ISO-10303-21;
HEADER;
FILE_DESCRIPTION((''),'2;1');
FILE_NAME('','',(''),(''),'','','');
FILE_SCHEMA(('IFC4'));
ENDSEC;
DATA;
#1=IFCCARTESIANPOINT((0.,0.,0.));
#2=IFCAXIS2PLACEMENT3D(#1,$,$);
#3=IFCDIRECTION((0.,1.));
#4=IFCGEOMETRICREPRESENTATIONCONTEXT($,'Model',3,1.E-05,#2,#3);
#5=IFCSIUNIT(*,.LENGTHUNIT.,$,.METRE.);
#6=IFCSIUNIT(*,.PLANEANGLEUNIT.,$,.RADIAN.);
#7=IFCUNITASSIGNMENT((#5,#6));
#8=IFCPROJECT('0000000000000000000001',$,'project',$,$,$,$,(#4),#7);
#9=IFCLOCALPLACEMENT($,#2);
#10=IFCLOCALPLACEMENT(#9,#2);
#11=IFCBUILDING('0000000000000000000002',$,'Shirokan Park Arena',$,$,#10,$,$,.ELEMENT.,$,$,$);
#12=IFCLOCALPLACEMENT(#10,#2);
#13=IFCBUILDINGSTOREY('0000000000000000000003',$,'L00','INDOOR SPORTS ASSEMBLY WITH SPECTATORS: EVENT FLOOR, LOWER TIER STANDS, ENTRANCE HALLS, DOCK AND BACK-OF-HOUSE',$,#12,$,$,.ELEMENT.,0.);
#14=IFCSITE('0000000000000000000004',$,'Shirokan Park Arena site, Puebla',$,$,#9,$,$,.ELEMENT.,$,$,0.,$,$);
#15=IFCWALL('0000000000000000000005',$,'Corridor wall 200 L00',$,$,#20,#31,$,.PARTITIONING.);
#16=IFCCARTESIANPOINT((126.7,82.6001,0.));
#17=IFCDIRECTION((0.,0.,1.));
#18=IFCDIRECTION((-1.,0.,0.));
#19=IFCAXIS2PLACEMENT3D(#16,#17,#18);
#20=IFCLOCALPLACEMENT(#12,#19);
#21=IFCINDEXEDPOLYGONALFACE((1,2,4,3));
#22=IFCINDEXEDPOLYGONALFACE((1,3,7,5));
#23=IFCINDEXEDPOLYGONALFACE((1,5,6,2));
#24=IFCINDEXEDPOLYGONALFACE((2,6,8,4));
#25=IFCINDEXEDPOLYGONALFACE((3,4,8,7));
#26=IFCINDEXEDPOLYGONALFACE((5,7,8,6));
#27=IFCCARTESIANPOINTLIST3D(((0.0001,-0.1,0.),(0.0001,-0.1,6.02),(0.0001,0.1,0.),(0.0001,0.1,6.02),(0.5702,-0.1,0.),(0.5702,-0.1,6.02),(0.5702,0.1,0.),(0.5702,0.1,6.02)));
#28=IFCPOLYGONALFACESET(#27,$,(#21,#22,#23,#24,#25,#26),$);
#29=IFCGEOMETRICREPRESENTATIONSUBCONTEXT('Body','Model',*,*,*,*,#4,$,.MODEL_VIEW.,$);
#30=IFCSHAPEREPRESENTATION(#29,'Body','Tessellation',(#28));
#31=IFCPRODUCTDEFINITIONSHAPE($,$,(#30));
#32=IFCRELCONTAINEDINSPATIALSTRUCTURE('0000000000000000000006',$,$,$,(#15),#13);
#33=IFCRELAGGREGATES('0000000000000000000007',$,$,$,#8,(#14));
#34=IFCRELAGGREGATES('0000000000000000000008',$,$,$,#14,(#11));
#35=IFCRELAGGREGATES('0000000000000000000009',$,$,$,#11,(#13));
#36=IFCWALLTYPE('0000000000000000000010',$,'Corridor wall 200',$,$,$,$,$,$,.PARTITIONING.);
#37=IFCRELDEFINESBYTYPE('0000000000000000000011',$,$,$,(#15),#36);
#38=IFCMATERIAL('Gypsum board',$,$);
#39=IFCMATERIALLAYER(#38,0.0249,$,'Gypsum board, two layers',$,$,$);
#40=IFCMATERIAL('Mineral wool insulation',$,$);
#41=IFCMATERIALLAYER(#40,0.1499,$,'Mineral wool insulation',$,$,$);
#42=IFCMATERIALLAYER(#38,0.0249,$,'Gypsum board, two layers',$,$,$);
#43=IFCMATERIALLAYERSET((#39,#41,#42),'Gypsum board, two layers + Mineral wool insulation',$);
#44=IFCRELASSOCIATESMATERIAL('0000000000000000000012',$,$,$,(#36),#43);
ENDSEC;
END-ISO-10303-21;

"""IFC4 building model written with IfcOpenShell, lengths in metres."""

from ifc_helpers import new_model, si_unit, direction, frame, frame_2d, origin, place, context, subcontext, project, spatial, rectangle, extrude, material, layer, layer_set, type_object, element, save


model = new_model("IFC4")

# Units and contexts
model_context = context("Model", 3, precision=1e-05, world=origin(), true_north=direction((0.0, 1.0)))
body_context = subcontext(model_context, "Body", "Model", "MODEL_VIEW")
ifc_project = project(units=[si_unit("LENGTHUNIT", "METRE"), si_unit("PLANEANGLEUNIT", "RADIAN")], contexts=[model_context])

# Site, building, storey
site_placement = place(None, origin())
site = spatial("IfcSite", under=ifc_project, at=site_placement, Name="Shirokan Park Arena site, Puebla", CompositionType="ELEMENT", RefElevation=0.0)
building_placement = place(site_placement, origin())
building = spatial("IfcBuilding", under=site, at=building_placement, Name="Shirokan Park Arena", CompositionType="ELEMENT")
storey_placement = place(building_placement, origin())
storey = spatial("IfcBuildingStorey", under=building, at=storey_placement, Name="L00", Description="INDOOR SPORTS ASSEMBLY WITH SPECTATORS: EVENT FLOOR, LOWER TIER STANDS, ENTRANCE HALLS, DOCK AND BACK-OF-HOUSE", CompositionType="ELEMENT", Elevation=0.0)

# Wall
ifc_material_1 = material(Name="Gypsum board")
ifc_layer_1 = layer(ifc_material_1, 0.0249, Name="Gypsum board, two layers")
ifc_material_2 = material(Name="Mineral wool insulation")
ifc_layer_2 = layer(ifc_material_2, 0.1499, Name="Mineral wool insulation")
ifc_layer_3 = layer(ifc_material_1, 0.0249, Name="Gypsum board, two layers")
ifc_layer_set_1 = layer_set([ifc_layer_1, ifc_layer_2, ifc_layer_3], Name="Gypsum board, two layers + Mineral wool insulation")
wall_type_1 = type_object("IfcWallType", Name="Corridor wall 200", PredefinedType="PARTITIONING", material=ifc_layer_set_1)
wall_1_placement = place(storey_placement, frame((126.7, 82.6001, 0.0), z_axis=(0.0, 0.0, 1.0), x_axis=(-1.0, 0.0, 0.0)))
element("IfcWall", 1, at=wall_1_placement, inside=storey, type_object=wall_type_1, Name="Corridor wall 200 L00", PredefinedType="PARTITIONING", context=body_context, shape_type="SweptSolid", body=[
    extrude(rectangle(XDim=0.5701, YDim=0.2, at=frame_2d((0.2852, 0.0))), origin(), (0.0, 0.0, 1.0), 6.02),
])

save(model, "model.ifc")
